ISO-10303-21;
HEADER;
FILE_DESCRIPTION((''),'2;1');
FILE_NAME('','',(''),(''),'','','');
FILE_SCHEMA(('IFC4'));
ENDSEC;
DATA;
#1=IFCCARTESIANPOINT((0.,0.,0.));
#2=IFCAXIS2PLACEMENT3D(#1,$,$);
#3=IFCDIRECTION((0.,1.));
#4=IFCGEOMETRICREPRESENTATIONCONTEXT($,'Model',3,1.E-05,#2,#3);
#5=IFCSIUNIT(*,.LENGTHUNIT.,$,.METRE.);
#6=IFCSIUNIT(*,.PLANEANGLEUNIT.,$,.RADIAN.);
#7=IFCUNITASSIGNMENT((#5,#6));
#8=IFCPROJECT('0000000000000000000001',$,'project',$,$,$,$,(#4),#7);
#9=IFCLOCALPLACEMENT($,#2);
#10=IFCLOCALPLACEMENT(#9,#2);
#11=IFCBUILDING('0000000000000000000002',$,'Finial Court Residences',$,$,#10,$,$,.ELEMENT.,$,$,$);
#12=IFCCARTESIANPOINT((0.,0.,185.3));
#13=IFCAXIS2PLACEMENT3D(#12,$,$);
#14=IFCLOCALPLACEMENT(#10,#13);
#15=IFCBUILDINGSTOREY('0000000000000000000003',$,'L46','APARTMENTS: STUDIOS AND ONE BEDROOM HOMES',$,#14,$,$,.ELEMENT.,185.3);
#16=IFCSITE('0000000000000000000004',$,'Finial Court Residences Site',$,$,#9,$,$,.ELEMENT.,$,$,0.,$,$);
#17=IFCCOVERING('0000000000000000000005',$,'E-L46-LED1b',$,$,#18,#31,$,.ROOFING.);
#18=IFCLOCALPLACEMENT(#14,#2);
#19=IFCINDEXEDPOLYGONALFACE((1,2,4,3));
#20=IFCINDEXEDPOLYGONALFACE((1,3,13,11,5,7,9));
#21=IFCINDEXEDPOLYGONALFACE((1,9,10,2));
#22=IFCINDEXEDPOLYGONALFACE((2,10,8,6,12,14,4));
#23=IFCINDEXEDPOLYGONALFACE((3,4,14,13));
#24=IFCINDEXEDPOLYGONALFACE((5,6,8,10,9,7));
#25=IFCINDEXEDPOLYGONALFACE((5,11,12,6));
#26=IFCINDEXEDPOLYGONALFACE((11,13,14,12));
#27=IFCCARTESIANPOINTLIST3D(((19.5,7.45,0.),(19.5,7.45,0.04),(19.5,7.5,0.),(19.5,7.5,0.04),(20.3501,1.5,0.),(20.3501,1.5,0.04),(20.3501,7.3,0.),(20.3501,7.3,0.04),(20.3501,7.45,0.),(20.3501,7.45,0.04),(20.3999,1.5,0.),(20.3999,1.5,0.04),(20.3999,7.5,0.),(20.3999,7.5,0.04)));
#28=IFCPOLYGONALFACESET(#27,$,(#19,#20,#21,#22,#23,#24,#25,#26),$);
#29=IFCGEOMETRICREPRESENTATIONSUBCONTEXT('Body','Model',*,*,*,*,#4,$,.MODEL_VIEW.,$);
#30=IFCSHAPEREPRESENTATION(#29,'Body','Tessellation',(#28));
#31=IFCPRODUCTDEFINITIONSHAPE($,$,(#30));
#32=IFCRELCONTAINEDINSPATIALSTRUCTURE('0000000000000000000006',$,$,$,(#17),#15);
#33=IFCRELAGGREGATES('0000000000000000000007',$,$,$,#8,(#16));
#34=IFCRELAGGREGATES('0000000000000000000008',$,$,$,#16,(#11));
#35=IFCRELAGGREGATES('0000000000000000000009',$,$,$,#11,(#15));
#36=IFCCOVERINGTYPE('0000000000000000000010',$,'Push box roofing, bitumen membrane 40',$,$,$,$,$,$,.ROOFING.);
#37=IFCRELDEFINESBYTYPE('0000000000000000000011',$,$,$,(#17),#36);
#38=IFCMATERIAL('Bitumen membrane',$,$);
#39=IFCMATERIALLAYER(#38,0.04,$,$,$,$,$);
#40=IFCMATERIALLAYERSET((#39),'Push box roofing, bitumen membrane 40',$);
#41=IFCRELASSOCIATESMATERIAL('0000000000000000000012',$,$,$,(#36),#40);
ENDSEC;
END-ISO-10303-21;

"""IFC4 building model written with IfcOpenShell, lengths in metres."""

from ifc_helpers import new_model, si_unit, direction, frame, origin, place, context, subcontext, project, spatial, polyline, outline, extrude, material, layer, layer_set, type_object, element, save


model = new_model("IFC4")

# Units and contexts
model_context = context("Model", 3, precision=1e-05, world=origin(), true_north=direction((0.0, 1.0)))
body_context = subcontext(model_context, "Body", "Model", "MODEL_VIEW")
ifc_project = project(units=[si_unit("LENGTHUNIT", "METRE"), si_unit("PLANEANGLEUNIT", "RADIAN")], contexts=[model_context])

# Site, building, storey
site_placement = place(None, origin())
site = spatial("IfcSite", under=ifc_project, at=site_placement, Name="Finial Court Residences Site", CompositionType="ELEMENT", RefElevation=0.0)
building_placement = place(site_placement, origin())
building = spatial("IfcBuilding", under=site, at=building_placement, Name="Finial Court Residences", CompositionType="ELEMENT")
storey_placement = place(building_placement, frame((0.0, 0.0, 185.3)))
storey = spatial("IfcBuildingStorey", under=building, at=storey_placement, Name="L46", Description="APARTMENTS: STUDIOS AND ONE BEDROOM HOMES", CompositionType="ELEMENT", Elevation=185.3)

# Covering
ifc_material_1 = material(Name="Bitumen membrane")
ifc_layer_1 = layer(ifc_material_1, 0.04)
ifc_layer_set_1 = layer_set([ifc_layer_1], Name="Push box roofing, bitumen membrane 40")
covering_type_1 = type_object("IfcCoveringType", Name="Push box roofing, bitumen membrane 40", PredefinedType="ROOFING", material=ifc_layer_set_1)
covering_1_placement = place(storey_placement, origin())
element("IfcCovering", 1, at=covering_1_placement, inside=storey, type_object=covering_type_1, Name="E-L46-LED1b", PredefinedType="ROOFING", context=body_context, shape_type="SweptSolid", body=[
    extrude(outline(polyline([(19.5, 7.5), (20.3999, 7.5), (20.3999, 1.5), (20.3501, 1.5), (20.3501, 7.3), (20.3501, 7.3), (20.3501, 7.45), (19.5, 7.45), (19.5, 7.5)])), origin(), (0.0, 0.0, 1.0), 0.04),
])

save(model, "model.ifc")
